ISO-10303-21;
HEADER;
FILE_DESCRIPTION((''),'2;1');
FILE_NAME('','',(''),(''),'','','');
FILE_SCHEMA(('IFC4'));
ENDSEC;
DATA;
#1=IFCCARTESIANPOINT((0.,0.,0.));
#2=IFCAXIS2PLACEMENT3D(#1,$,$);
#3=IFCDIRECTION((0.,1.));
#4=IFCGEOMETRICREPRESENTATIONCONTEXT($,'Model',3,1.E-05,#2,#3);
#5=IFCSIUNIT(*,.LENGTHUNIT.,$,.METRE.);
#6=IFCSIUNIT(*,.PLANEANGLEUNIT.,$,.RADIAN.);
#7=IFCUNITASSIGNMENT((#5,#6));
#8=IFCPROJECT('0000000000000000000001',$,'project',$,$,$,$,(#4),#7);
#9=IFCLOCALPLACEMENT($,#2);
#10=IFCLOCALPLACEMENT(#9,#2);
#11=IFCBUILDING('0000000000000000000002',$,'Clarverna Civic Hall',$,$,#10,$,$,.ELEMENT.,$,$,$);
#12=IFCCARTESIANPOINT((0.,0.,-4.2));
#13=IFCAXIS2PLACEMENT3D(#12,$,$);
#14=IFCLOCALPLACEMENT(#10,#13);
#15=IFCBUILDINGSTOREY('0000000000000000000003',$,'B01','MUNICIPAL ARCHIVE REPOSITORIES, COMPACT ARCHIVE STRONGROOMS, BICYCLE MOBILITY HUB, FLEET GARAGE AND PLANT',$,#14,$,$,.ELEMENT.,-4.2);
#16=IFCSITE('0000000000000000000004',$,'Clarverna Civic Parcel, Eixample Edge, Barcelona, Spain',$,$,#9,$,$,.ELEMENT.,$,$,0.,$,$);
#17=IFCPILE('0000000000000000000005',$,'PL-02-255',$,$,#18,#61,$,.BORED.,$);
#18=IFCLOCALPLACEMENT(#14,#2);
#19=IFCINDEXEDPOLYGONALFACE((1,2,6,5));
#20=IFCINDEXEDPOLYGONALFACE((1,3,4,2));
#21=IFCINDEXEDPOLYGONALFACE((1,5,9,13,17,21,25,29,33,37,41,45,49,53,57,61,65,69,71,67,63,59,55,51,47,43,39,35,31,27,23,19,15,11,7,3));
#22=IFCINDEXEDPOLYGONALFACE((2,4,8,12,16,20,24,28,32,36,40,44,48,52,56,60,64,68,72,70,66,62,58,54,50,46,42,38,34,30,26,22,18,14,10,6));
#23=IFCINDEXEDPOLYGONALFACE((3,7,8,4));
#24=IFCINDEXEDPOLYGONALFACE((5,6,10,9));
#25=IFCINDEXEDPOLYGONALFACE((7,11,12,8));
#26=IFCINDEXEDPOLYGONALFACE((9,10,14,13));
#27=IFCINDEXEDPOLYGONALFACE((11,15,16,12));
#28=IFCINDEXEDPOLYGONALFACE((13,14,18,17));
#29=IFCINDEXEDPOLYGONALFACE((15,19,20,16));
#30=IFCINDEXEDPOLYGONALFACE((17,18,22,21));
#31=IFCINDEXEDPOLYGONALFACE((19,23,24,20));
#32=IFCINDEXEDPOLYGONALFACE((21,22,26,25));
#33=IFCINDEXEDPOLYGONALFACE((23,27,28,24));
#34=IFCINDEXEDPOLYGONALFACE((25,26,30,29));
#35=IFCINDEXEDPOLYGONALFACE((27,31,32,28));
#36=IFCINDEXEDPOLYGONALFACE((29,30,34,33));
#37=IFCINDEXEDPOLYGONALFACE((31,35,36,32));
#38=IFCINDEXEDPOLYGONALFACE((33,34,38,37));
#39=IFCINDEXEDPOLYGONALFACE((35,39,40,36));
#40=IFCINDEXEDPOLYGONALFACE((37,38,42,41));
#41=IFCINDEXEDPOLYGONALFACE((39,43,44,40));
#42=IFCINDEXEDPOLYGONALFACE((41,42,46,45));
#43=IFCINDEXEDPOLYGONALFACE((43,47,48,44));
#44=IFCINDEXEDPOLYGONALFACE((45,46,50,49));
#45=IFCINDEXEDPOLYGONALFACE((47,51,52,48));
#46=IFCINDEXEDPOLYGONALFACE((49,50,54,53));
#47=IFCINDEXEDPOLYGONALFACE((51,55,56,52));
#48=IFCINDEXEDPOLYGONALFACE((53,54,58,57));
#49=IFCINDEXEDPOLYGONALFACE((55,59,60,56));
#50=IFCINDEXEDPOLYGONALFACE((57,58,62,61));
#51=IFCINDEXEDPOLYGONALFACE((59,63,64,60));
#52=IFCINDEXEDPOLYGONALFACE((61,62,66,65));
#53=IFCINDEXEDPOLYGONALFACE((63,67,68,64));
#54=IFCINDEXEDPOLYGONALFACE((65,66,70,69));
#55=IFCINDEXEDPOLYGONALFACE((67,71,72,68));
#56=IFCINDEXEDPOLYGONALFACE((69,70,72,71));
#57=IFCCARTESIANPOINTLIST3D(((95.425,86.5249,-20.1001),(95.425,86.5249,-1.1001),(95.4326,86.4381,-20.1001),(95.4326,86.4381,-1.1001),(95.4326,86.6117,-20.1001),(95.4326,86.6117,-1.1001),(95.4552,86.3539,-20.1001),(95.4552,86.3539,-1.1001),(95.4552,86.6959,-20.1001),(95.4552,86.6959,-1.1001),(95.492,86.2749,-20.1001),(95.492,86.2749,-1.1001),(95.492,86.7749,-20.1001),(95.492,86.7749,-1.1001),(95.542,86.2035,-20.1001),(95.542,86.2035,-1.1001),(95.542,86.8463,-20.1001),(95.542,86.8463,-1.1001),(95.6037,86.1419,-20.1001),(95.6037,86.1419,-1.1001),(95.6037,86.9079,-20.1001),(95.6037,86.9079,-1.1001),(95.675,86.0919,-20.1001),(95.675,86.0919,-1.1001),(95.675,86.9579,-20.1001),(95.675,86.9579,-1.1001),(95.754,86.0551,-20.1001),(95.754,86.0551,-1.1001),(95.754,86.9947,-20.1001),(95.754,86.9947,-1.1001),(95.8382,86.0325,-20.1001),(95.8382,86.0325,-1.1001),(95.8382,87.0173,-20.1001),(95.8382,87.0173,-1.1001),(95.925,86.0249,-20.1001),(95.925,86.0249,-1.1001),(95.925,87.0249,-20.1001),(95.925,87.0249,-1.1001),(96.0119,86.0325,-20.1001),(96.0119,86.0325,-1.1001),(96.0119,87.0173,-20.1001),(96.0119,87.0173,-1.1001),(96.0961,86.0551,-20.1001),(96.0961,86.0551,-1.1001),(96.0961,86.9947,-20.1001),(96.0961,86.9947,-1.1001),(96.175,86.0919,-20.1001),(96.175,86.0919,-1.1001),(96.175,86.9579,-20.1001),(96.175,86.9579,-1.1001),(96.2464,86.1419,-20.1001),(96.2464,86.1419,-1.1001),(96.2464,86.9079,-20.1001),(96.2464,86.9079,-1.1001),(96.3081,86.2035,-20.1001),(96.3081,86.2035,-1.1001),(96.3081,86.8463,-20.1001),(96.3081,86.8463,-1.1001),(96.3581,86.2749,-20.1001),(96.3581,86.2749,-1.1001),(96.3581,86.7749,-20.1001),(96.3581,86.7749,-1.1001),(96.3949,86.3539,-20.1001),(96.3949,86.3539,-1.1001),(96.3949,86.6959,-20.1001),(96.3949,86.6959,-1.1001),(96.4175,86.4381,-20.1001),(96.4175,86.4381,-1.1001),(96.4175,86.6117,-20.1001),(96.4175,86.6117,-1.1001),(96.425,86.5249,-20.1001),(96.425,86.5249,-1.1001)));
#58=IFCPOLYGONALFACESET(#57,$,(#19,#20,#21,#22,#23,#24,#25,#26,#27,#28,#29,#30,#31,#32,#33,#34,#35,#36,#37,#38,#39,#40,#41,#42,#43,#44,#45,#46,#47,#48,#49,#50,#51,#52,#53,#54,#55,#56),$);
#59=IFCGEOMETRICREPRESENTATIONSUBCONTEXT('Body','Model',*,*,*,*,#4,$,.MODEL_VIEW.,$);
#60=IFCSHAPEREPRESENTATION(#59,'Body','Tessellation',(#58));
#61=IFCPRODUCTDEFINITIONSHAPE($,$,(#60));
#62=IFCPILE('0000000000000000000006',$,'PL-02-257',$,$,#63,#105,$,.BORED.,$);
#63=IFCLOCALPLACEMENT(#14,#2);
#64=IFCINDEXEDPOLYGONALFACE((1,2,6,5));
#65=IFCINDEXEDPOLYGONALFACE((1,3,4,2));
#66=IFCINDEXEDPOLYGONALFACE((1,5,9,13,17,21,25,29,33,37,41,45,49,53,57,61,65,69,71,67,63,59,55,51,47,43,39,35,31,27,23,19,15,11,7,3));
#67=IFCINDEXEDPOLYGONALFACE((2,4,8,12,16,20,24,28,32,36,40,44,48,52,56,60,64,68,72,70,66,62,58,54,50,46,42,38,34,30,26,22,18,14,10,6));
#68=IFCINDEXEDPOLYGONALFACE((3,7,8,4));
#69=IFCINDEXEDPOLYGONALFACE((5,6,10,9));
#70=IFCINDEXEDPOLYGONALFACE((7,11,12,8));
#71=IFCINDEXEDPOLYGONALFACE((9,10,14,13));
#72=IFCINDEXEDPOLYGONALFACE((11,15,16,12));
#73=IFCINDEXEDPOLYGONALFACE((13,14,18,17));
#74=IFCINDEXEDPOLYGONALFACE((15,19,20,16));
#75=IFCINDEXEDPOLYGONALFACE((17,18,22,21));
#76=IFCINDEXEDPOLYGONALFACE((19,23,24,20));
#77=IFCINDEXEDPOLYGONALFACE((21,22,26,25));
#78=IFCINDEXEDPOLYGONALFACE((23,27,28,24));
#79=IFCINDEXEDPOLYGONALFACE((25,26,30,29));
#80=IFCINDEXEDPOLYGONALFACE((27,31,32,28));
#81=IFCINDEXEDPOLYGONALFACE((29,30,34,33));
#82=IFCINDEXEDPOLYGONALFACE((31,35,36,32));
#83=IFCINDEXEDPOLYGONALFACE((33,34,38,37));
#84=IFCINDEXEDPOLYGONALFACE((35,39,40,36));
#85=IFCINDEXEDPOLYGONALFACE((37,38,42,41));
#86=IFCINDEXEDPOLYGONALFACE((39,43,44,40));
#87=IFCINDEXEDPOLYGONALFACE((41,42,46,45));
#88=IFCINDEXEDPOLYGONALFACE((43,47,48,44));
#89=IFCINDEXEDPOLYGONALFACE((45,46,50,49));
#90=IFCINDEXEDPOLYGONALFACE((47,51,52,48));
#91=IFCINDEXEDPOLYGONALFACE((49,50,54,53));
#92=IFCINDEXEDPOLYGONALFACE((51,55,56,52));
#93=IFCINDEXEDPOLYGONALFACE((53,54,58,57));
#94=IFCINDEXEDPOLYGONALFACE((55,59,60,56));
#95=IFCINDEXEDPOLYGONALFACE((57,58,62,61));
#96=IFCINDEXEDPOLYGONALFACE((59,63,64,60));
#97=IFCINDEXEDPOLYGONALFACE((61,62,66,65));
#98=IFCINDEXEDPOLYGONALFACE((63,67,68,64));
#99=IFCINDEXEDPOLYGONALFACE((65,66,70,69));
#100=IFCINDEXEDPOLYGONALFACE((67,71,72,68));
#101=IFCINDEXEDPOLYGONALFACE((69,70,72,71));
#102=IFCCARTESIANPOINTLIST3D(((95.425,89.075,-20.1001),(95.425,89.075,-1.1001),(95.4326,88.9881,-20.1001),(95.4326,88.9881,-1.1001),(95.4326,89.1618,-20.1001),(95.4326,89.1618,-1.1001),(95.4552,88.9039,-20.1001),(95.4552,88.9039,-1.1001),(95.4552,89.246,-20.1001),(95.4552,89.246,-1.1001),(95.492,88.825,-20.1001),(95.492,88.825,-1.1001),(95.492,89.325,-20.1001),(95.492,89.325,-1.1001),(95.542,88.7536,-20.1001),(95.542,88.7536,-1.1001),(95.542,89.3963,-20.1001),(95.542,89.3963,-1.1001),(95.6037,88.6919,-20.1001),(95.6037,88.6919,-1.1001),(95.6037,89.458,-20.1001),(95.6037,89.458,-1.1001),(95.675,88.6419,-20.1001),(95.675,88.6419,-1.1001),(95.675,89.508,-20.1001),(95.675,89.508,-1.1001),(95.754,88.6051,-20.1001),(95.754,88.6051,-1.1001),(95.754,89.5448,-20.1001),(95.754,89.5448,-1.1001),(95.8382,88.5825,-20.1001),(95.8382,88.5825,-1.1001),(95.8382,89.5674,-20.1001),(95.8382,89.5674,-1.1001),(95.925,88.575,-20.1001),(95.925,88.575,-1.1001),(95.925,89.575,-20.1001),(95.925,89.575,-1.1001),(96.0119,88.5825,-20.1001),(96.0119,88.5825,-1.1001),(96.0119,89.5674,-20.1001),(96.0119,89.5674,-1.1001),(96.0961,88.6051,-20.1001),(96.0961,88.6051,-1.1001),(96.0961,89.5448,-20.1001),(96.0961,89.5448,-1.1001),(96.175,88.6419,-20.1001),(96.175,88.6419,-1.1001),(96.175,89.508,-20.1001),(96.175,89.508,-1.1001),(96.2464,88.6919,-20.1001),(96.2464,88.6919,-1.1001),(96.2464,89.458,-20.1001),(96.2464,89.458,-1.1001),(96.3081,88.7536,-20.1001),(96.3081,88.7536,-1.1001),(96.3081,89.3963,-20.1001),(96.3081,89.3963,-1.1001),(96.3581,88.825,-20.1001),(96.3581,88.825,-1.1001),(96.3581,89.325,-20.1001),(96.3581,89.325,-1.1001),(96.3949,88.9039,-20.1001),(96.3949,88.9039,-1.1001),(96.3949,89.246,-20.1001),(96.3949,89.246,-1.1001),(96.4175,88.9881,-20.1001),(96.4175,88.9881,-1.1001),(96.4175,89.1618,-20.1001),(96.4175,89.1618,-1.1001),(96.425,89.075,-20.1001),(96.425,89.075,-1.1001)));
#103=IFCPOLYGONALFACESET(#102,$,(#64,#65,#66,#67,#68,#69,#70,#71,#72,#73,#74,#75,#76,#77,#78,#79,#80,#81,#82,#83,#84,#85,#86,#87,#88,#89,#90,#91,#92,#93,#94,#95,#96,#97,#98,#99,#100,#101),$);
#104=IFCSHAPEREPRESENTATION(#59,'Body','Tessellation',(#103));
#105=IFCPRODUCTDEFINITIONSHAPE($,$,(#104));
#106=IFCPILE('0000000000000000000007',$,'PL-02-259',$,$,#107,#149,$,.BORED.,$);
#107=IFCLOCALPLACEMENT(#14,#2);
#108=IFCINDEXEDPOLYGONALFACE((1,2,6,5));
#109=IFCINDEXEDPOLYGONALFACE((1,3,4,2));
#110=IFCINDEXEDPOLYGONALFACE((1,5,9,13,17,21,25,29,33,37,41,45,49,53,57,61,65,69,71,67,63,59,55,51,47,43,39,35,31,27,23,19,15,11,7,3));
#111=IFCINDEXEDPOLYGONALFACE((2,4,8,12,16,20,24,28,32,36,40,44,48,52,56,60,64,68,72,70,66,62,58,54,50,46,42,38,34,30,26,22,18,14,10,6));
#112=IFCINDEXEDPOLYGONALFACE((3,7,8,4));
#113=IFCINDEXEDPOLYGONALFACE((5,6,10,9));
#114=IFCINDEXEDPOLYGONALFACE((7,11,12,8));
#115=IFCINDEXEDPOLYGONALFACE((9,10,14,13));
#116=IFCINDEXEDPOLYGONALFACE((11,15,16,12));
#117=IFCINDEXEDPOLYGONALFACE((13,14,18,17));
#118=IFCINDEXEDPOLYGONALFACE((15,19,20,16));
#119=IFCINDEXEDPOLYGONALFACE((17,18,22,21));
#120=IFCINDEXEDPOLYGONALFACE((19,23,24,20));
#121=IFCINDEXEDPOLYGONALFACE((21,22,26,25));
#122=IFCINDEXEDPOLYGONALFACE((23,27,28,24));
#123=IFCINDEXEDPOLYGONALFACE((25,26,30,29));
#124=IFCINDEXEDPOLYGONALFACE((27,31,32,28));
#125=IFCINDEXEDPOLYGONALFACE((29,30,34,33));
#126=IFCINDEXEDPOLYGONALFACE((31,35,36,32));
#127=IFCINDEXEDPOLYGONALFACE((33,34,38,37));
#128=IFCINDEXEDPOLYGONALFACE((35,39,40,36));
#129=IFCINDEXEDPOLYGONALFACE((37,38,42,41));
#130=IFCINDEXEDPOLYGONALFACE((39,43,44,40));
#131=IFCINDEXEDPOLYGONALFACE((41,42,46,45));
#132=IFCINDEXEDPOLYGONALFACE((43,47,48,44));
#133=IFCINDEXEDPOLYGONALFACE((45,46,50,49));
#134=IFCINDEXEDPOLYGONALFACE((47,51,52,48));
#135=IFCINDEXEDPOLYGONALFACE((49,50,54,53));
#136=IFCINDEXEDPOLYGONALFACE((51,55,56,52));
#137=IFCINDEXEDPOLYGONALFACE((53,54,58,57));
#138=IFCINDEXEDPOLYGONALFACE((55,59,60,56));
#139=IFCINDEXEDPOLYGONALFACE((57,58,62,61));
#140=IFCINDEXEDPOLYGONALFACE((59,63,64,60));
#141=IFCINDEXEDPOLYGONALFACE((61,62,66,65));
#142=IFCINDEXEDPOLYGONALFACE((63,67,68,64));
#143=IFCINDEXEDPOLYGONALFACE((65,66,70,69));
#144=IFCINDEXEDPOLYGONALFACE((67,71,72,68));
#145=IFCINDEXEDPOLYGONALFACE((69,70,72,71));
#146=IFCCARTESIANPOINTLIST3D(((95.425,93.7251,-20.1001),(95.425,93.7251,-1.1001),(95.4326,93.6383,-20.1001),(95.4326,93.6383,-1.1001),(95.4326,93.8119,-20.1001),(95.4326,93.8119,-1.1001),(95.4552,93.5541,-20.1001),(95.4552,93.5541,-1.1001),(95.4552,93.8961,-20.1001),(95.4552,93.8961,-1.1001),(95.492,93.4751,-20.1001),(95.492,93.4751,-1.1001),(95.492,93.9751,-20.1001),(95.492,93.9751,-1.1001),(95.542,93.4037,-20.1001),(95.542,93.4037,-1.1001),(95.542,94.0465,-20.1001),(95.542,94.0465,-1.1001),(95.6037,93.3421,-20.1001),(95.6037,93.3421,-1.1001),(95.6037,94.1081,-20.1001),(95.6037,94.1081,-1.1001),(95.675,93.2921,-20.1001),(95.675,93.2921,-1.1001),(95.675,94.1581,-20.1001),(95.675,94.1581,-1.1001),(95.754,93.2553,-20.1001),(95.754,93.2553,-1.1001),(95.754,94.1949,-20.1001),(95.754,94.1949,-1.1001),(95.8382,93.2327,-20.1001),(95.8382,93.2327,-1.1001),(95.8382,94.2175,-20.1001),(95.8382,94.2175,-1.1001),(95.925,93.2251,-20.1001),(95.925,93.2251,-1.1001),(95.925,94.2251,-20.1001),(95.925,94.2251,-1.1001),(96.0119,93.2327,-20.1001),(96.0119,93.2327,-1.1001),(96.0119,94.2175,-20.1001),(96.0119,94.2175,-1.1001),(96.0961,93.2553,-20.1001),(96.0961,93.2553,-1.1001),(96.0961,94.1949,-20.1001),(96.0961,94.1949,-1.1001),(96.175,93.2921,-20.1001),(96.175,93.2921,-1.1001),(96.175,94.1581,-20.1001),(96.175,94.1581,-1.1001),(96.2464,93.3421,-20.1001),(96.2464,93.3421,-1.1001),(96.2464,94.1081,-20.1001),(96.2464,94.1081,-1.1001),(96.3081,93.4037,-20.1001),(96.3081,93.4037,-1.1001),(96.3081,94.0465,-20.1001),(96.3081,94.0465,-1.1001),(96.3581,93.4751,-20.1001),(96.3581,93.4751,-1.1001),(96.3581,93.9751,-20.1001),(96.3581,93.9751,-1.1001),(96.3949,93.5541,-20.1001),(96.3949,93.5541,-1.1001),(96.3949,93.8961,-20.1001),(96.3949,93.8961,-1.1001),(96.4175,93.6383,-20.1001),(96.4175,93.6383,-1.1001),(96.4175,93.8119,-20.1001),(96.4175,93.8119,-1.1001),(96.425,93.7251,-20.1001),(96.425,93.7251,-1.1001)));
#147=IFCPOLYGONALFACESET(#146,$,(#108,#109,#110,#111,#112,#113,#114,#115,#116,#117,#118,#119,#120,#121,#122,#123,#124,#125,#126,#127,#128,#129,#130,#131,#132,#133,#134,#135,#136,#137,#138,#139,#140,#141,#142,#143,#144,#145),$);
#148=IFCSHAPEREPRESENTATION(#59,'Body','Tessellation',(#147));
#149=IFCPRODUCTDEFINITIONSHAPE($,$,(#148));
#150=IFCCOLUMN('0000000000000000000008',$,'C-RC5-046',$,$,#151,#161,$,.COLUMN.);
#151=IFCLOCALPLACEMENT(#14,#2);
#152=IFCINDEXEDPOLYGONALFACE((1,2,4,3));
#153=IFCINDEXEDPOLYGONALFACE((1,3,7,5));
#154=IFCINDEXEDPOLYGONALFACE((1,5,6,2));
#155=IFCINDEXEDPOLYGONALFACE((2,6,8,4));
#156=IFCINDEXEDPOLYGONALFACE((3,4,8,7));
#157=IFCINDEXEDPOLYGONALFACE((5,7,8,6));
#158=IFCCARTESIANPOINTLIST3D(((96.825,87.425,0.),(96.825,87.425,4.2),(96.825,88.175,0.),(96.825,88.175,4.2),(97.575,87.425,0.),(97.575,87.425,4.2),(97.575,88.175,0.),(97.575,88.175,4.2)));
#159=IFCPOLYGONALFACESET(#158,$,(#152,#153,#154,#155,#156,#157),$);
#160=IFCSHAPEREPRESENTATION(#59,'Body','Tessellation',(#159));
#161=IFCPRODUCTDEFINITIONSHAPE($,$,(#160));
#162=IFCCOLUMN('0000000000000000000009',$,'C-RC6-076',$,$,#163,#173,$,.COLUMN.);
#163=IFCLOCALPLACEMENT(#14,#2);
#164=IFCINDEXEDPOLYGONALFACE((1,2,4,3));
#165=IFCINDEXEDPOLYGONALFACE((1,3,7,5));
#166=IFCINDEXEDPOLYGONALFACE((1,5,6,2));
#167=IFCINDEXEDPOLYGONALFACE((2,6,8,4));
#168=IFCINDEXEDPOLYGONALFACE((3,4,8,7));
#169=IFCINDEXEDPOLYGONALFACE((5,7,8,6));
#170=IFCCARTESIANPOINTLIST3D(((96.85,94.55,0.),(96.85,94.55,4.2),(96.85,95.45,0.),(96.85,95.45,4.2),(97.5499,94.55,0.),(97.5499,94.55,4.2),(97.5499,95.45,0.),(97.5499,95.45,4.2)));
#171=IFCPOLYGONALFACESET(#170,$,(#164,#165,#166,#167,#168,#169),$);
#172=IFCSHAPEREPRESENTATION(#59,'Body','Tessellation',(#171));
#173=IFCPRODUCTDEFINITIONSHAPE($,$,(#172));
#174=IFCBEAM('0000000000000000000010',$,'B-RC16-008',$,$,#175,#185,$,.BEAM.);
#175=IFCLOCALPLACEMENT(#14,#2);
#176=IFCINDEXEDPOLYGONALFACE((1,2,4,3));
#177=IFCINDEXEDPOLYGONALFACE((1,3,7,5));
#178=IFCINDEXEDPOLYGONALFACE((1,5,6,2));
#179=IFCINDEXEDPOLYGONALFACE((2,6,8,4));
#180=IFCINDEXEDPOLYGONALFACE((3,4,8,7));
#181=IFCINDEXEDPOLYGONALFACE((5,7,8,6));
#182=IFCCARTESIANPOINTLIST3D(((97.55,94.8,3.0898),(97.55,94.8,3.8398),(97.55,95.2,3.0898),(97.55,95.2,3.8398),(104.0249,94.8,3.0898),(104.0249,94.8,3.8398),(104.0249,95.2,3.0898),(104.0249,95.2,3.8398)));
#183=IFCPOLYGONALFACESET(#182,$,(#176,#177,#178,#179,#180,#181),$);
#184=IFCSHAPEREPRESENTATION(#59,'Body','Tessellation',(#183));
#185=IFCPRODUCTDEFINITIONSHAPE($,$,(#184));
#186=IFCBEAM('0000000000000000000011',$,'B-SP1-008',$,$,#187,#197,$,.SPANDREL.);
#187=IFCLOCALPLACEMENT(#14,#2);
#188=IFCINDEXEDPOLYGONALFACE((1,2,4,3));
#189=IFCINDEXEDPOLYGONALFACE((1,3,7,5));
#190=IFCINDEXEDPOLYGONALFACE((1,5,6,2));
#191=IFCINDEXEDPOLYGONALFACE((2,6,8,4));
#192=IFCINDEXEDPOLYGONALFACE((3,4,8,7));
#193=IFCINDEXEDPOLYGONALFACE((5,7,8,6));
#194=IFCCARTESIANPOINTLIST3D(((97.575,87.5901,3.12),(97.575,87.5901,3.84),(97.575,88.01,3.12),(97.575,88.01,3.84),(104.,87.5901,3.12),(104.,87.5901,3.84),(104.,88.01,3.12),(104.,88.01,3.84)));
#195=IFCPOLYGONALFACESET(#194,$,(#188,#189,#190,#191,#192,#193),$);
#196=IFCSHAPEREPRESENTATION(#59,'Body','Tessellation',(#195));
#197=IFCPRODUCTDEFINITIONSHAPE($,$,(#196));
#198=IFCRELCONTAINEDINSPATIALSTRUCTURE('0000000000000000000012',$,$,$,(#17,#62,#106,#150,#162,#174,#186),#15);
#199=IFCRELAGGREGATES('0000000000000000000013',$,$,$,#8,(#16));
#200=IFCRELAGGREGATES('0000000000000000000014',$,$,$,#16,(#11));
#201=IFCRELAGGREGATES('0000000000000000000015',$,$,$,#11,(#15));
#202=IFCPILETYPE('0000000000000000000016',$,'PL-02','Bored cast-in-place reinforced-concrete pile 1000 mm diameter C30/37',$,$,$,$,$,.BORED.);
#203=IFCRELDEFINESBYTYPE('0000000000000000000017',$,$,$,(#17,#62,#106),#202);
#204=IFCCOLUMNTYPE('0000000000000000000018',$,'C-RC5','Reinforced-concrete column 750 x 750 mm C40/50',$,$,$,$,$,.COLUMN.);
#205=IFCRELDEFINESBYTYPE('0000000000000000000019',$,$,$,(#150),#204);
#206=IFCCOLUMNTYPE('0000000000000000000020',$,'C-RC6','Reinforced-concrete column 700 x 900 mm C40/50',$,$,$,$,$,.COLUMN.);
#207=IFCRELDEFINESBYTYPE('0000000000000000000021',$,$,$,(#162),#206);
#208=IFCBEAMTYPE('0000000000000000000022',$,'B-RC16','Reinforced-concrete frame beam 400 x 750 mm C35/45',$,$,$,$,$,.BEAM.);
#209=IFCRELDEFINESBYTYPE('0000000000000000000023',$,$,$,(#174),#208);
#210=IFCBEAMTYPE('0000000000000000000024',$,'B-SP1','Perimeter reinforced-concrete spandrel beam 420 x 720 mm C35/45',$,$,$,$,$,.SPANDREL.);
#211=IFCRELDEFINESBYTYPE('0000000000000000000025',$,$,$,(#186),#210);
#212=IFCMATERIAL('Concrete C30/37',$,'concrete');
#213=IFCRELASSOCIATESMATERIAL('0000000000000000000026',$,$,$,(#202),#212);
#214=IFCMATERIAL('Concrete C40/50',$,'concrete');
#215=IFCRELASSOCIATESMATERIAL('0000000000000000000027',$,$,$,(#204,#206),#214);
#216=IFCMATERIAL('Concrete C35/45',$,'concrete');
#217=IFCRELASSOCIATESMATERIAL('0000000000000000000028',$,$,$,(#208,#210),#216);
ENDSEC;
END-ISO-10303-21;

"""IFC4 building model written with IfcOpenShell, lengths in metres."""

from ifc_helpers import new_model, si_unit, direction, frame, origin, origin_2d, place, context, subcontext, project, spatial, rectangle, circle, extrude, material, material_profile, profile_set, type_object, element, save


model = new_model("IFC4")

# Units and contexts
model_context = context("Model", 3, precision=1e-05, world=origin(), true_north=direction((0.0, 1.0)))
body_context = subcontext(model_context, "Body", "Model", "MODEL_VIEW")
ifc_project = project(units=[si_unit("LENGTHUNIT", "METRE"), si_unit("PLANEANGLEUNIT", "RADIAN")], contexts=[model_context])

# Site, building, storey
site_placement = place(None, origin())
site = spatial("IfcSite", under=ifc_project, at=site_placement, Name="Clarverna Civic Parcel, Eixample Edge, Barcelona, Spain", CompositionType="ELEMENT", RefElevation=0.0)
building_placement = place(site_placement, origin())
building = spatial("IfcBuilding", under=site, at=building_placement, Name="Clarverna Civic Hall", CompositionType="ELEMENT")
storey_placement = place(building_placement, frame((0.0, 0.0, -4.2)))
storey = spatial("IfcBuildingStorey", under=building, at=storey_placement, Name="B01", Description="MUNICIPAL ARCHIVE REPOSITORIES, COMPACT ARCHIVE STRONGROOMS, BICYCLE MOBILITY HUB, FLEET GARAGE AND PLANT", CompositionType="ELEMENT", Elevation=-4.2)

# Shared definitions
ifc_material_1 = material(Name="Concrete C30/37", Category="concrete")

# Piles
ifc_material_profile_1 = material_profile(ifc_material_1, circle(Radius=0.5, at=origin_2d()), Name="BORED PILE D1000")
ifc_profile_set_1 = profile_set([ifc_material_profile_1], Name="Concrete C30/37")
pile_type_1 = type_object("IfcPileType", Name="PL-02", Description="Bored cast-in-place reinforced-concrete pile 1000 mm diameter C30/37", PredefinedType="BORED", material=ifc_profile_set_1)
for number, where, z_axis, x_axis, name in (
    (1, (95.925, 86.5249, -1.1001), (0.0, 0.0, -1.0), (1.0, 0.0, 0.0), "PL-02-255"),
    (2, (95.925, 89.075, -1.1001), (0.0, 0.0, -1.0), (1.0, 0.0, 0.0), "PL-02-257"),
    (3, (95.925, 93.7251, -1.1001), (0.0, 0.0, -1.0), (1.0, 0.0, 0.0), "PL-02-259"),
):
    element("IfcPile", number, at=place(storey_placement, frame(where, z_axis=z_axis, x_axis=x_axis)), inside=storey, type_object=pile_type_1, Name=name, PredefinedType="BORED", context=body_context, shape_type="SweptSolid", body=[
        extrude(circle(Radius=0.5, at=origin_2d()), origin(), (0.0, 0.0, 1.0), 19.0),
    ])

# Columns
ifc_material_2 = material(Name="Concrete C40/50", Category="concrete")
ifc_material_profile_2 = material_profile(ifc_material_2, rectangle(XDim=0.75, YDim=0.75, at=origin_2d()), Name="RC 750x750")
ifc_profile_set_2 = profile_set([ifc_material_profile_2], Name="Concrete C40/50")
column_type_1 = type_object("IfcColumnType", Name="C-RC5", Description="Reinforced-concrete column 750 x 750 mm C40/50", PredefinedType="COLUMN", material=ifc_profile_set_2)
column_1_placement = place(storey_placement, frame((97.2, 87.8, 0.0), z_axis=(0.0, 0.0, 1.0), x_axis=(1.0, 0.0, 0.0)))
element("IfcColumn", 4, at=column_1_placement, inside=storey, type_object=column_type_1, Name="C-RC5-046", PredefinedType="COLUMN", context=body_context, shape_type="SweptSolid", body=[
    extrude(rectangle(XDim=0.75, YDim=0.75, at=origin_2d()), origin(), (0.0, 0.0, 1.0), 4.2),
])
ifc_material_profile_3 = material_profile(ifc_material_2, rectangle(XDim=0.7, YDim=0.8999, at=origin_2d()), Name="RC 700x900")
ifc_profile_set_3 = profile_set([ifc_material_profile_3], Name="Concrete C40/50")
column_type_2 = type_object("IfcColumnType", Name="C-RC6", Description="Reinforced-concrete column 700 x 900 mm C40/50", PredefinedType="COLUMN", material=ifc_profile_set_3)
column_2_placement = place(storey_placement, frame((97.2, 95.0, 0.0), z_axis=(0.0, 0.0, 1.0), x_axis=(1.0, 0.0, 0.0)))
element("IfcColumn", 5, at=column_2_placement, inside=storey, type_object=column_type_2, Name="C-RC6-076", PredefinedType="COLUMN", context=body_context, shape_type="SweptSolid", body=[
    extrude(rectangle(XDim=0.7, YDim=0.8999, at=origin_2d()), origin(), (0.0, 0.0, 1.0), 4.2),
])

# Beams
ifc_material_3 = material(Name="Concrete C35/45", Category="concrete")
ifc_material_profile_4 = material_profile(ifc_material_3, rectangle(XDim=0.3999, YDim=0.75, at=origin_2d()), Name="RC 400x750")
ifc_profile_set_4 = profile_set([ifc_material_profile_4], Name="Concrete C35/45")
beam_type_1 = type_object("IfcBeamType", Name="B-RC16", Description="Reinforced-concrete frame beam 400 x 750 mm C35/45", PredefinedType="BEAM", material=ifc_profile_set_4)
beam_1_placement = place(storey_placement, frame((97.55, 95.0, 3.4648), z_axis=(1.0, 0.0, 0.0), x_axis=(0.0, 1.0, 0.0)))
element("IfcBeam", 6, at=beam_1_placement, inside=storey, type_object=beam_type_1, Name="B-RC16-008", PredefinedType="BEAM", context=body_context, shape_type="SweptSolid", body=[
    extrude(rectangle(XDim=0.3999, YDim=0.75, at=origin_2d()), origin(), (0.0, 0.0, 1.0), 6.4749),
])
ifc_material_profile_5 = material_profile(ifc_material_3, rectangle(XDim=0.4199, YDim=0.72, at=origin_2d()), Name="RC 420x720")
ifc_profile_set_5 = profile_set([ifc_material_profile_5], Name="Concrete C35/45")
beam_type_2 = type_object("IfcBeamType", Name="B-SP1", Description="Perimeter reinforced-concrete spandrel beam 420 x 720 mm C35/45", PredefinedType="SPANDREL", material=ifc_profile_set_5)
beam_2_placement = place(storey_placement, frame((97.575, 87.8, 3.48), z_axis=(1.0, 0.0, 0.0), x_axis=(0.0, 1.0, 0.0)))
element("IfcBeam", 7, at=beam_2_placement, inside=storey, type_object=beam_type_2, Name="B-SP1-008", PredefinedType="SPANDREL", context=body_context, shape_type="SweptSolid", body=[
    extrude(rectangle(XDim=0.4199, YDim=0.72, at=origin_2d()), origin(), (0.0, 0.0, 1.0), 6.425),
])

save(model, "model.ifc")
